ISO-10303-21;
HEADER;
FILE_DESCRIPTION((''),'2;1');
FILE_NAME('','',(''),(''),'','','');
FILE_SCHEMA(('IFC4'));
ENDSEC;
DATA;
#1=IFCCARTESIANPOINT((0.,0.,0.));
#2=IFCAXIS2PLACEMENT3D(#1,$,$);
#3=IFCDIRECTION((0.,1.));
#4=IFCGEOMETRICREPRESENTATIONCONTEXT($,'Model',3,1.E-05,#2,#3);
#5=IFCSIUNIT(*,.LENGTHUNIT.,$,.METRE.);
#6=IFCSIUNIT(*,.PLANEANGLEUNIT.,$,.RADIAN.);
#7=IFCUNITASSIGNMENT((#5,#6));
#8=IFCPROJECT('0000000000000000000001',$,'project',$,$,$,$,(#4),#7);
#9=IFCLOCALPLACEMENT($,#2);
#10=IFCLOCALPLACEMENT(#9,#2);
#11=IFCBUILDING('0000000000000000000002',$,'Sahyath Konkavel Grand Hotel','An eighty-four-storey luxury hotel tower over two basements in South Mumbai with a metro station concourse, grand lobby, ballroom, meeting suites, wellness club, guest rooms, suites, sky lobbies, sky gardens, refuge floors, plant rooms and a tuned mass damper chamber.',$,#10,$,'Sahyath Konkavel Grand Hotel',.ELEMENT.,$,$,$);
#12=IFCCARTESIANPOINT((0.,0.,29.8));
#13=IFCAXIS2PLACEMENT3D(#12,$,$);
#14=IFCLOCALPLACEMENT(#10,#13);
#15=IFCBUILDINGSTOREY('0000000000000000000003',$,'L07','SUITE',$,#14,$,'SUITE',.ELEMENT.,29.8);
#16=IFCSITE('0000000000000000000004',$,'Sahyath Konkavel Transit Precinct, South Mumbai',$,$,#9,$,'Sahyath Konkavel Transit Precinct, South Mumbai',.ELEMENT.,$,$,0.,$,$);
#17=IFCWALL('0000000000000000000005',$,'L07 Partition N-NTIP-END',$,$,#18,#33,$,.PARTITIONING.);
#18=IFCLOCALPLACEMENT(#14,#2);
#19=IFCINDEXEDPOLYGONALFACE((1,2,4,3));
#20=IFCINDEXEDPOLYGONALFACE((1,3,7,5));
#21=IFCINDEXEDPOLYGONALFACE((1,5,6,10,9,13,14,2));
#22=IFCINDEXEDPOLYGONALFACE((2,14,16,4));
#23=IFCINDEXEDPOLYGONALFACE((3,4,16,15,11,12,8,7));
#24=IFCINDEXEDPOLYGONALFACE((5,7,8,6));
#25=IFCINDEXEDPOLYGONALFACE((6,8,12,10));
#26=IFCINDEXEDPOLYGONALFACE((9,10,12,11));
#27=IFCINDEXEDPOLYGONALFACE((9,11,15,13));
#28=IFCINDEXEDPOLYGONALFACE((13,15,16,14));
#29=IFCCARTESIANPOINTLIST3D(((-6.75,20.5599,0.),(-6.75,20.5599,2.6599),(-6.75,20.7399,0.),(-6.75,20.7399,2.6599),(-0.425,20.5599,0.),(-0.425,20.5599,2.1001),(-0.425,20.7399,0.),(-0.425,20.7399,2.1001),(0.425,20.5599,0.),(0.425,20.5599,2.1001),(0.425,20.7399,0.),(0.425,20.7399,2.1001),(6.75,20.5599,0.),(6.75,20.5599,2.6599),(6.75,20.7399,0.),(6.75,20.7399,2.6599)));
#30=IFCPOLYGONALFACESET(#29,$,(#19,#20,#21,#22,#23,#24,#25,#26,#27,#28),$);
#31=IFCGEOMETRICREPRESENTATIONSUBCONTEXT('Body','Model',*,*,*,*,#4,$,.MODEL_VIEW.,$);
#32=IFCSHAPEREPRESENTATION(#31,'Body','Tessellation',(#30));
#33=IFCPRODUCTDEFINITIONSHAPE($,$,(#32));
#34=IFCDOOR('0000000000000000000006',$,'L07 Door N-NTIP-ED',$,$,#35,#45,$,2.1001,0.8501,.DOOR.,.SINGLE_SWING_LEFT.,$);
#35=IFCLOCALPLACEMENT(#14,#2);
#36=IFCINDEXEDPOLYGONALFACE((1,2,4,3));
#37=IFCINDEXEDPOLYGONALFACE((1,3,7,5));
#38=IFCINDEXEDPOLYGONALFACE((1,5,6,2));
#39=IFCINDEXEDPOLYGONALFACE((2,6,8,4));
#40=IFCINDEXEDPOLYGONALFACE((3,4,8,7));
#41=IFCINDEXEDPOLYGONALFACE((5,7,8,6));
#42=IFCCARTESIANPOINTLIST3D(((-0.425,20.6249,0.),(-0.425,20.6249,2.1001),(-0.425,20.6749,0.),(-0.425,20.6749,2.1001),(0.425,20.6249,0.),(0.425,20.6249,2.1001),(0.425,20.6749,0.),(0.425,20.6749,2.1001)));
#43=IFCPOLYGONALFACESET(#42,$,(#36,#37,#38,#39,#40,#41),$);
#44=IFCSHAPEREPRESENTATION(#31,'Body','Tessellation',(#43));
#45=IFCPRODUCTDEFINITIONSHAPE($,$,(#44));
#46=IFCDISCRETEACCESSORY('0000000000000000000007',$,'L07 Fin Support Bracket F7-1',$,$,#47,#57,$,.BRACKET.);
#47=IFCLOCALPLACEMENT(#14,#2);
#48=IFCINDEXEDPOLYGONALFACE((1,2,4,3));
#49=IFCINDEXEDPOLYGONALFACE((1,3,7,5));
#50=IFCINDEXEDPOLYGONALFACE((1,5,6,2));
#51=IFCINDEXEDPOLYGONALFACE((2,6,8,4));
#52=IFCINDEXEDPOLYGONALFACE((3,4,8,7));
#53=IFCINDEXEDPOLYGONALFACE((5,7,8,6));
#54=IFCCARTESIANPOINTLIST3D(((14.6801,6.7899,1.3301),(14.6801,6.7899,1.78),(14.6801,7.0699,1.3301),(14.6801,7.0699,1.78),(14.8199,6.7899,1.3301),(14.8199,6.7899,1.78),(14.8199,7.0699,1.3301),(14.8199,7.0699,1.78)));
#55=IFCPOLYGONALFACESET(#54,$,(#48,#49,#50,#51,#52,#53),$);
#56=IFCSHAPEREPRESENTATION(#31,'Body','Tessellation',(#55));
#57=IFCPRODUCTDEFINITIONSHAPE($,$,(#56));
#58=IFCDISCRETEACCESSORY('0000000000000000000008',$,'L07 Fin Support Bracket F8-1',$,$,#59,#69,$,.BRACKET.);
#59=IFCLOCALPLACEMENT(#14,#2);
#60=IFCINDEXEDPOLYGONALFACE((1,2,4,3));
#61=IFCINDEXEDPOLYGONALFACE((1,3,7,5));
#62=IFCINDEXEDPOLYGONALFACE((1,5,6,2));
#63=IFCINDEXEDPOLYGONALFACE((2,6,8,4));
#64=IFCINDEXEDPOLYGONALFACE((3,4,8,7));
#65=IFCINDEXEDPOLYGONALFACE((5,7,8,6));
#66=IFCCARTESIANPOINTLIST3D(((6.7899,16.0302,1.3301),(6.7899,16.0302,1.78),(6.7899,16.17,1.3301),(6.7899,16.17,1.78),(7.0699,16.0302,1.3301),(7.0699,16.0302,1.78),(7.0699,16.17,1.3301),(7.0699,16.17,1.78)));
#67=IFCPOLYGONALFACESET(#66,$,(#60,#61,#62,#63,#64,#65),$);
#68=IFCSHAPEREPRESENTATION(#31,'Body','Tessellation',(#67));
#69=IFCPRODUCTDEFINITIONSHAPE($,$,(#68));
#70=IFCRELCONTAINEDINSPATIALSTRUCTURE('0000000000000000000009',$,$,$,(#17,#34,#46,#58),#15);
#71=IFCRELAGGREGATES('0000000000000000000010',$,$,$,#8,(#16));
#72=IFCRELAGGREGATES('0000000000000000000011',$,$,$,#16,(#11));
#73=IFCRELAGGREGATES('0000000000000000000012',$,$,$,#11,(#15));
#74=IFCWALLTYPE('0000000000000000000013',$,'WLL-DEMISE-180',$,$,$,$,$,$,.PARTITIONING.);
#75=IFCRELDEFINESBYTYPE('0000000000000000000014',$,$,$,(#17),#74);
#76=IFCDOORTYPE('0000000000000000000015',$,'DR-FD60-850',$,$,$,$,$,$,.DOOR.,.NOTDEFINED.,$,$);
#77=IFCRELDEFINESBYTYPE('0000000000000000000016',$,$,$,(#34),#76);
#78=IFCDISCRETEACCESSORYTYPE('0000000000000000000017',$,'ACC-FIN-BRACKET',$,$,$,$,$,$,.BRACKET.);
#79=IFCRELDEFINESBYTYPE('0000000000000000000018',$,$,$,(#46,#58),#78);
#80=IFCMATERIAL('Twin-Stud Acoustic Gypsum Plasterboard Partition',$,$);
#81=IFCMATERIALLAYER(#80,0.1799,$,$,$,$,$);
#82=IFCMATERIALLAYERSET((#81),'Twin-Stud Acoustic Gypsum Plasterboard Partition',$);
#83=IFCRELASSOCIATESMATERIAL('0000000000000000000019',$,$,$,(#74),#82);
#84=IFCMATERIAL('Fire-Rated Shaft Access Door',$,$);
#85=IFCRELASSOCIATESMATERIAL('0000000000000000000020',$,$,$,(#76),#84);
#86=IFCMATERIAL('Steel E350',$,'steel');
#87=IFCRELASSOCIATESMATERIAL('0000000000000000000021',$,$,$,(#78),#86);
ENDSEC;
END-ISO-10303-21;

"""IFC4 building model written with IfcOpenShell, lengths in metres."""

from ifc_helpers import new_model, si_unit, direction, frame, frame_2d, origin, origin_2d, place, context, subcontext, project, spatial, rectangle, extrude, source, transform, mapped, material, layer, layer_set, type_object, element, fill, save


model = new_model("IFC4")

# Units and contexts
model_context = context("Model", 3, precision=1e-05, world=origin(), true_north=direction((0.0, 1.0)))
body_context = subcontext(model_context, "Body", "Model", "MODEL_VIEW")
ifc_project = project(units=[si_unit("LENGTHUNIT", "METRE"), si_unit("PLANEANGLEUNIT", "RADIAN")], contexts=[model_context])

# Site, building, storey
site_placement = place(None, origin())
site = spatial("IfcSite", under=ifc_project, at=site_placement, Name="Sahyath Konkavel Transit Precinct, South Mumbai", LongName="Sahyath Konkavel Transit Precinct, South Mumbai", CompositionType="ELEMENT", RefElevation=0.0)
building_placement = place(site_placement, origin())
building = spatial("IfcBuilding", under=site, at=building_placement, Name="Sahyath Konkavel Grand Hotel", Description="An eighty-four-storey luxury hotel tower over two basements in South Mumbai with a metro station concourse, grand lobby, ballroom, meeting suites, wellness club, guest rooms, suites, sky lobbies, sky gardens, refuge floors, plant rooms and a tuned mass damper chamber.", LongName="Sahyath Konkavel Grand Hotel", CompositionType="ELEMENT")
storey_placement = place(building_placement, frame((0.0, 0.0, 29.8)))
storey = spatial("IfcBuildingStorey", under=building, at=storey_placement, Name="L07", Description="SUITE", LongName="SUITE", CompositionType="ELEMENT", Elevation=29.8)

# Shared definitions
ifc_material_1 = material(Name="Steel E350", Category="steel")

# Shared definitions
ifc_material_2 = material(Name="Twin-Stud Acoustic Gypsum Plasterboard Partition")
ifc_layer_1 = layer(ifc_material_2, 0.1799)
ifc_layer_set_1 = layer_set([ifc_layer_1], Name="Twin-Stud Acoustic Gypsum Plasterboard Partition")
wall_type_1 = type_object("IfcWallType", Name="WLL-DEMISE-180", PredefinedType="PARTITIONING", material=ifc_layer_set_1)

# Wall, opening, door
wall_1_placement = place(storey_placement, frame((6.75, 20.6499, 0.0), z_axis=(0.0, 0.0, 1.0), x_axis=(-1.0, 0.0, 0.0)))
wall_1 = element("IfcWall", 1, at=wall_1_placement, inside=storey, type_object=wall_type_1, Name="L07 Partition N-NTIP-END", PredefinedType="PARTITIONING", context=body_context, shape_type="SweptSolid", body=[
    extrude(rectangle(XDim=13.5, YDim=0.1799, at=frame_2d((6.75, 0.0))), origin(), (0.0, 0.0, 1.0), 2.6599),
])
opening_placement = place(wall_1_placement, frame((6.325, 0.0, 0.0)))
opening = element("IfcOpeningElement", 2, at=opening_placement, cuts=wall_1, PredefinedType="OPENING", context=body_context, shape_type="SweptSolid", body=[
    extrude(rectangle(XDim=0.8501, YDim=2.1001, at=frame_2d((0.425, 1.05))), frame((0.0, 0.1001, 0.0), z_axis=(0.0, -1.0, 0.0), x_axis=(1.0, 0.0, 0.0)), (0.0, 0.0, 1.0), 0.2),
])
ifc_material_3 = material(Name="Fire-Rated Shaft Access Door")
door_type = type_object("IfcDoorType", Name="DR-FD60-850", OperationType="NOTDEFINED", PredefinedType="DOOR", material=ifc_material_3)
shared_shape_1 = source(origin(), body_context, "Body", "SweptSolid", [
    extrude(rectangle(XDim=0.8501, YDim=0.05, at=origin_2d()), origin(), (0.0, 0.0, 1.0), 2.1001),
])
door_placement = place(opening_placement, frame((0.425, 0.0, 0.0)))
door = element("IfcDoor", 3, at=door_placement, inside=storey, type_object=door_type, Name="L07 Door N-NTIP-ED", OperationType="SINGLE_SWING_LEFT", OverallHeight=2.1001, OverallWidth=0.8501, PredefinedType="DOOR", context=body_context, shape_type="MappedRepresentation", body=[
    mapped(shared_shape_1, transform((0.0, 0.0, 0.0), scale=1.0)),
])
fill(opening, door)

# Discrete accessories
discrete_accessory_type = type_object("IfcDiscreteAccessoryType", Name="ACC-FIN-BRACKET", PredefinedType="BRACKET", material=ifc_material_1)
shared_shape_2 = source(origin(), body_context, "Body", "SweptSolid", [
    extrude(rectangle(XDim=0.28, YDim=0.1399, at=origin_2d()), origin(), (0.0, 0.0, 1.0), 0.45),
])
for number, where, z_axis, x_axis, name in (
    (4, (14.75, 6.9299, 1.3301), (0.0, 0.0, 1.0), (0.0, 1.0, 0.0), "L07 Fin Support Bracket F7-1"),
    (5, (6.9299, 16.1001, 1.3301), (0.0, 0.0, 1.0), (1.0, 0.0, 0.0), "L07 Fin Support Bracket F8-1"),
):
    element("IfcDiscreteAccessory", number, at=place(storey_placement, frame(where, z_axis=z_axis, x_axis=x_axis)), inside=storey, type_object=discrete_accessory_type, Name=name, PredefinedType="BRACKET", context=body_context, shape_type="MappedRepresentation", body=[
        mapped(shared_shape_2, transform((0.0, 0.0, 0.0), scale=1.0)),
    ])

save(model, "model.ifc")
